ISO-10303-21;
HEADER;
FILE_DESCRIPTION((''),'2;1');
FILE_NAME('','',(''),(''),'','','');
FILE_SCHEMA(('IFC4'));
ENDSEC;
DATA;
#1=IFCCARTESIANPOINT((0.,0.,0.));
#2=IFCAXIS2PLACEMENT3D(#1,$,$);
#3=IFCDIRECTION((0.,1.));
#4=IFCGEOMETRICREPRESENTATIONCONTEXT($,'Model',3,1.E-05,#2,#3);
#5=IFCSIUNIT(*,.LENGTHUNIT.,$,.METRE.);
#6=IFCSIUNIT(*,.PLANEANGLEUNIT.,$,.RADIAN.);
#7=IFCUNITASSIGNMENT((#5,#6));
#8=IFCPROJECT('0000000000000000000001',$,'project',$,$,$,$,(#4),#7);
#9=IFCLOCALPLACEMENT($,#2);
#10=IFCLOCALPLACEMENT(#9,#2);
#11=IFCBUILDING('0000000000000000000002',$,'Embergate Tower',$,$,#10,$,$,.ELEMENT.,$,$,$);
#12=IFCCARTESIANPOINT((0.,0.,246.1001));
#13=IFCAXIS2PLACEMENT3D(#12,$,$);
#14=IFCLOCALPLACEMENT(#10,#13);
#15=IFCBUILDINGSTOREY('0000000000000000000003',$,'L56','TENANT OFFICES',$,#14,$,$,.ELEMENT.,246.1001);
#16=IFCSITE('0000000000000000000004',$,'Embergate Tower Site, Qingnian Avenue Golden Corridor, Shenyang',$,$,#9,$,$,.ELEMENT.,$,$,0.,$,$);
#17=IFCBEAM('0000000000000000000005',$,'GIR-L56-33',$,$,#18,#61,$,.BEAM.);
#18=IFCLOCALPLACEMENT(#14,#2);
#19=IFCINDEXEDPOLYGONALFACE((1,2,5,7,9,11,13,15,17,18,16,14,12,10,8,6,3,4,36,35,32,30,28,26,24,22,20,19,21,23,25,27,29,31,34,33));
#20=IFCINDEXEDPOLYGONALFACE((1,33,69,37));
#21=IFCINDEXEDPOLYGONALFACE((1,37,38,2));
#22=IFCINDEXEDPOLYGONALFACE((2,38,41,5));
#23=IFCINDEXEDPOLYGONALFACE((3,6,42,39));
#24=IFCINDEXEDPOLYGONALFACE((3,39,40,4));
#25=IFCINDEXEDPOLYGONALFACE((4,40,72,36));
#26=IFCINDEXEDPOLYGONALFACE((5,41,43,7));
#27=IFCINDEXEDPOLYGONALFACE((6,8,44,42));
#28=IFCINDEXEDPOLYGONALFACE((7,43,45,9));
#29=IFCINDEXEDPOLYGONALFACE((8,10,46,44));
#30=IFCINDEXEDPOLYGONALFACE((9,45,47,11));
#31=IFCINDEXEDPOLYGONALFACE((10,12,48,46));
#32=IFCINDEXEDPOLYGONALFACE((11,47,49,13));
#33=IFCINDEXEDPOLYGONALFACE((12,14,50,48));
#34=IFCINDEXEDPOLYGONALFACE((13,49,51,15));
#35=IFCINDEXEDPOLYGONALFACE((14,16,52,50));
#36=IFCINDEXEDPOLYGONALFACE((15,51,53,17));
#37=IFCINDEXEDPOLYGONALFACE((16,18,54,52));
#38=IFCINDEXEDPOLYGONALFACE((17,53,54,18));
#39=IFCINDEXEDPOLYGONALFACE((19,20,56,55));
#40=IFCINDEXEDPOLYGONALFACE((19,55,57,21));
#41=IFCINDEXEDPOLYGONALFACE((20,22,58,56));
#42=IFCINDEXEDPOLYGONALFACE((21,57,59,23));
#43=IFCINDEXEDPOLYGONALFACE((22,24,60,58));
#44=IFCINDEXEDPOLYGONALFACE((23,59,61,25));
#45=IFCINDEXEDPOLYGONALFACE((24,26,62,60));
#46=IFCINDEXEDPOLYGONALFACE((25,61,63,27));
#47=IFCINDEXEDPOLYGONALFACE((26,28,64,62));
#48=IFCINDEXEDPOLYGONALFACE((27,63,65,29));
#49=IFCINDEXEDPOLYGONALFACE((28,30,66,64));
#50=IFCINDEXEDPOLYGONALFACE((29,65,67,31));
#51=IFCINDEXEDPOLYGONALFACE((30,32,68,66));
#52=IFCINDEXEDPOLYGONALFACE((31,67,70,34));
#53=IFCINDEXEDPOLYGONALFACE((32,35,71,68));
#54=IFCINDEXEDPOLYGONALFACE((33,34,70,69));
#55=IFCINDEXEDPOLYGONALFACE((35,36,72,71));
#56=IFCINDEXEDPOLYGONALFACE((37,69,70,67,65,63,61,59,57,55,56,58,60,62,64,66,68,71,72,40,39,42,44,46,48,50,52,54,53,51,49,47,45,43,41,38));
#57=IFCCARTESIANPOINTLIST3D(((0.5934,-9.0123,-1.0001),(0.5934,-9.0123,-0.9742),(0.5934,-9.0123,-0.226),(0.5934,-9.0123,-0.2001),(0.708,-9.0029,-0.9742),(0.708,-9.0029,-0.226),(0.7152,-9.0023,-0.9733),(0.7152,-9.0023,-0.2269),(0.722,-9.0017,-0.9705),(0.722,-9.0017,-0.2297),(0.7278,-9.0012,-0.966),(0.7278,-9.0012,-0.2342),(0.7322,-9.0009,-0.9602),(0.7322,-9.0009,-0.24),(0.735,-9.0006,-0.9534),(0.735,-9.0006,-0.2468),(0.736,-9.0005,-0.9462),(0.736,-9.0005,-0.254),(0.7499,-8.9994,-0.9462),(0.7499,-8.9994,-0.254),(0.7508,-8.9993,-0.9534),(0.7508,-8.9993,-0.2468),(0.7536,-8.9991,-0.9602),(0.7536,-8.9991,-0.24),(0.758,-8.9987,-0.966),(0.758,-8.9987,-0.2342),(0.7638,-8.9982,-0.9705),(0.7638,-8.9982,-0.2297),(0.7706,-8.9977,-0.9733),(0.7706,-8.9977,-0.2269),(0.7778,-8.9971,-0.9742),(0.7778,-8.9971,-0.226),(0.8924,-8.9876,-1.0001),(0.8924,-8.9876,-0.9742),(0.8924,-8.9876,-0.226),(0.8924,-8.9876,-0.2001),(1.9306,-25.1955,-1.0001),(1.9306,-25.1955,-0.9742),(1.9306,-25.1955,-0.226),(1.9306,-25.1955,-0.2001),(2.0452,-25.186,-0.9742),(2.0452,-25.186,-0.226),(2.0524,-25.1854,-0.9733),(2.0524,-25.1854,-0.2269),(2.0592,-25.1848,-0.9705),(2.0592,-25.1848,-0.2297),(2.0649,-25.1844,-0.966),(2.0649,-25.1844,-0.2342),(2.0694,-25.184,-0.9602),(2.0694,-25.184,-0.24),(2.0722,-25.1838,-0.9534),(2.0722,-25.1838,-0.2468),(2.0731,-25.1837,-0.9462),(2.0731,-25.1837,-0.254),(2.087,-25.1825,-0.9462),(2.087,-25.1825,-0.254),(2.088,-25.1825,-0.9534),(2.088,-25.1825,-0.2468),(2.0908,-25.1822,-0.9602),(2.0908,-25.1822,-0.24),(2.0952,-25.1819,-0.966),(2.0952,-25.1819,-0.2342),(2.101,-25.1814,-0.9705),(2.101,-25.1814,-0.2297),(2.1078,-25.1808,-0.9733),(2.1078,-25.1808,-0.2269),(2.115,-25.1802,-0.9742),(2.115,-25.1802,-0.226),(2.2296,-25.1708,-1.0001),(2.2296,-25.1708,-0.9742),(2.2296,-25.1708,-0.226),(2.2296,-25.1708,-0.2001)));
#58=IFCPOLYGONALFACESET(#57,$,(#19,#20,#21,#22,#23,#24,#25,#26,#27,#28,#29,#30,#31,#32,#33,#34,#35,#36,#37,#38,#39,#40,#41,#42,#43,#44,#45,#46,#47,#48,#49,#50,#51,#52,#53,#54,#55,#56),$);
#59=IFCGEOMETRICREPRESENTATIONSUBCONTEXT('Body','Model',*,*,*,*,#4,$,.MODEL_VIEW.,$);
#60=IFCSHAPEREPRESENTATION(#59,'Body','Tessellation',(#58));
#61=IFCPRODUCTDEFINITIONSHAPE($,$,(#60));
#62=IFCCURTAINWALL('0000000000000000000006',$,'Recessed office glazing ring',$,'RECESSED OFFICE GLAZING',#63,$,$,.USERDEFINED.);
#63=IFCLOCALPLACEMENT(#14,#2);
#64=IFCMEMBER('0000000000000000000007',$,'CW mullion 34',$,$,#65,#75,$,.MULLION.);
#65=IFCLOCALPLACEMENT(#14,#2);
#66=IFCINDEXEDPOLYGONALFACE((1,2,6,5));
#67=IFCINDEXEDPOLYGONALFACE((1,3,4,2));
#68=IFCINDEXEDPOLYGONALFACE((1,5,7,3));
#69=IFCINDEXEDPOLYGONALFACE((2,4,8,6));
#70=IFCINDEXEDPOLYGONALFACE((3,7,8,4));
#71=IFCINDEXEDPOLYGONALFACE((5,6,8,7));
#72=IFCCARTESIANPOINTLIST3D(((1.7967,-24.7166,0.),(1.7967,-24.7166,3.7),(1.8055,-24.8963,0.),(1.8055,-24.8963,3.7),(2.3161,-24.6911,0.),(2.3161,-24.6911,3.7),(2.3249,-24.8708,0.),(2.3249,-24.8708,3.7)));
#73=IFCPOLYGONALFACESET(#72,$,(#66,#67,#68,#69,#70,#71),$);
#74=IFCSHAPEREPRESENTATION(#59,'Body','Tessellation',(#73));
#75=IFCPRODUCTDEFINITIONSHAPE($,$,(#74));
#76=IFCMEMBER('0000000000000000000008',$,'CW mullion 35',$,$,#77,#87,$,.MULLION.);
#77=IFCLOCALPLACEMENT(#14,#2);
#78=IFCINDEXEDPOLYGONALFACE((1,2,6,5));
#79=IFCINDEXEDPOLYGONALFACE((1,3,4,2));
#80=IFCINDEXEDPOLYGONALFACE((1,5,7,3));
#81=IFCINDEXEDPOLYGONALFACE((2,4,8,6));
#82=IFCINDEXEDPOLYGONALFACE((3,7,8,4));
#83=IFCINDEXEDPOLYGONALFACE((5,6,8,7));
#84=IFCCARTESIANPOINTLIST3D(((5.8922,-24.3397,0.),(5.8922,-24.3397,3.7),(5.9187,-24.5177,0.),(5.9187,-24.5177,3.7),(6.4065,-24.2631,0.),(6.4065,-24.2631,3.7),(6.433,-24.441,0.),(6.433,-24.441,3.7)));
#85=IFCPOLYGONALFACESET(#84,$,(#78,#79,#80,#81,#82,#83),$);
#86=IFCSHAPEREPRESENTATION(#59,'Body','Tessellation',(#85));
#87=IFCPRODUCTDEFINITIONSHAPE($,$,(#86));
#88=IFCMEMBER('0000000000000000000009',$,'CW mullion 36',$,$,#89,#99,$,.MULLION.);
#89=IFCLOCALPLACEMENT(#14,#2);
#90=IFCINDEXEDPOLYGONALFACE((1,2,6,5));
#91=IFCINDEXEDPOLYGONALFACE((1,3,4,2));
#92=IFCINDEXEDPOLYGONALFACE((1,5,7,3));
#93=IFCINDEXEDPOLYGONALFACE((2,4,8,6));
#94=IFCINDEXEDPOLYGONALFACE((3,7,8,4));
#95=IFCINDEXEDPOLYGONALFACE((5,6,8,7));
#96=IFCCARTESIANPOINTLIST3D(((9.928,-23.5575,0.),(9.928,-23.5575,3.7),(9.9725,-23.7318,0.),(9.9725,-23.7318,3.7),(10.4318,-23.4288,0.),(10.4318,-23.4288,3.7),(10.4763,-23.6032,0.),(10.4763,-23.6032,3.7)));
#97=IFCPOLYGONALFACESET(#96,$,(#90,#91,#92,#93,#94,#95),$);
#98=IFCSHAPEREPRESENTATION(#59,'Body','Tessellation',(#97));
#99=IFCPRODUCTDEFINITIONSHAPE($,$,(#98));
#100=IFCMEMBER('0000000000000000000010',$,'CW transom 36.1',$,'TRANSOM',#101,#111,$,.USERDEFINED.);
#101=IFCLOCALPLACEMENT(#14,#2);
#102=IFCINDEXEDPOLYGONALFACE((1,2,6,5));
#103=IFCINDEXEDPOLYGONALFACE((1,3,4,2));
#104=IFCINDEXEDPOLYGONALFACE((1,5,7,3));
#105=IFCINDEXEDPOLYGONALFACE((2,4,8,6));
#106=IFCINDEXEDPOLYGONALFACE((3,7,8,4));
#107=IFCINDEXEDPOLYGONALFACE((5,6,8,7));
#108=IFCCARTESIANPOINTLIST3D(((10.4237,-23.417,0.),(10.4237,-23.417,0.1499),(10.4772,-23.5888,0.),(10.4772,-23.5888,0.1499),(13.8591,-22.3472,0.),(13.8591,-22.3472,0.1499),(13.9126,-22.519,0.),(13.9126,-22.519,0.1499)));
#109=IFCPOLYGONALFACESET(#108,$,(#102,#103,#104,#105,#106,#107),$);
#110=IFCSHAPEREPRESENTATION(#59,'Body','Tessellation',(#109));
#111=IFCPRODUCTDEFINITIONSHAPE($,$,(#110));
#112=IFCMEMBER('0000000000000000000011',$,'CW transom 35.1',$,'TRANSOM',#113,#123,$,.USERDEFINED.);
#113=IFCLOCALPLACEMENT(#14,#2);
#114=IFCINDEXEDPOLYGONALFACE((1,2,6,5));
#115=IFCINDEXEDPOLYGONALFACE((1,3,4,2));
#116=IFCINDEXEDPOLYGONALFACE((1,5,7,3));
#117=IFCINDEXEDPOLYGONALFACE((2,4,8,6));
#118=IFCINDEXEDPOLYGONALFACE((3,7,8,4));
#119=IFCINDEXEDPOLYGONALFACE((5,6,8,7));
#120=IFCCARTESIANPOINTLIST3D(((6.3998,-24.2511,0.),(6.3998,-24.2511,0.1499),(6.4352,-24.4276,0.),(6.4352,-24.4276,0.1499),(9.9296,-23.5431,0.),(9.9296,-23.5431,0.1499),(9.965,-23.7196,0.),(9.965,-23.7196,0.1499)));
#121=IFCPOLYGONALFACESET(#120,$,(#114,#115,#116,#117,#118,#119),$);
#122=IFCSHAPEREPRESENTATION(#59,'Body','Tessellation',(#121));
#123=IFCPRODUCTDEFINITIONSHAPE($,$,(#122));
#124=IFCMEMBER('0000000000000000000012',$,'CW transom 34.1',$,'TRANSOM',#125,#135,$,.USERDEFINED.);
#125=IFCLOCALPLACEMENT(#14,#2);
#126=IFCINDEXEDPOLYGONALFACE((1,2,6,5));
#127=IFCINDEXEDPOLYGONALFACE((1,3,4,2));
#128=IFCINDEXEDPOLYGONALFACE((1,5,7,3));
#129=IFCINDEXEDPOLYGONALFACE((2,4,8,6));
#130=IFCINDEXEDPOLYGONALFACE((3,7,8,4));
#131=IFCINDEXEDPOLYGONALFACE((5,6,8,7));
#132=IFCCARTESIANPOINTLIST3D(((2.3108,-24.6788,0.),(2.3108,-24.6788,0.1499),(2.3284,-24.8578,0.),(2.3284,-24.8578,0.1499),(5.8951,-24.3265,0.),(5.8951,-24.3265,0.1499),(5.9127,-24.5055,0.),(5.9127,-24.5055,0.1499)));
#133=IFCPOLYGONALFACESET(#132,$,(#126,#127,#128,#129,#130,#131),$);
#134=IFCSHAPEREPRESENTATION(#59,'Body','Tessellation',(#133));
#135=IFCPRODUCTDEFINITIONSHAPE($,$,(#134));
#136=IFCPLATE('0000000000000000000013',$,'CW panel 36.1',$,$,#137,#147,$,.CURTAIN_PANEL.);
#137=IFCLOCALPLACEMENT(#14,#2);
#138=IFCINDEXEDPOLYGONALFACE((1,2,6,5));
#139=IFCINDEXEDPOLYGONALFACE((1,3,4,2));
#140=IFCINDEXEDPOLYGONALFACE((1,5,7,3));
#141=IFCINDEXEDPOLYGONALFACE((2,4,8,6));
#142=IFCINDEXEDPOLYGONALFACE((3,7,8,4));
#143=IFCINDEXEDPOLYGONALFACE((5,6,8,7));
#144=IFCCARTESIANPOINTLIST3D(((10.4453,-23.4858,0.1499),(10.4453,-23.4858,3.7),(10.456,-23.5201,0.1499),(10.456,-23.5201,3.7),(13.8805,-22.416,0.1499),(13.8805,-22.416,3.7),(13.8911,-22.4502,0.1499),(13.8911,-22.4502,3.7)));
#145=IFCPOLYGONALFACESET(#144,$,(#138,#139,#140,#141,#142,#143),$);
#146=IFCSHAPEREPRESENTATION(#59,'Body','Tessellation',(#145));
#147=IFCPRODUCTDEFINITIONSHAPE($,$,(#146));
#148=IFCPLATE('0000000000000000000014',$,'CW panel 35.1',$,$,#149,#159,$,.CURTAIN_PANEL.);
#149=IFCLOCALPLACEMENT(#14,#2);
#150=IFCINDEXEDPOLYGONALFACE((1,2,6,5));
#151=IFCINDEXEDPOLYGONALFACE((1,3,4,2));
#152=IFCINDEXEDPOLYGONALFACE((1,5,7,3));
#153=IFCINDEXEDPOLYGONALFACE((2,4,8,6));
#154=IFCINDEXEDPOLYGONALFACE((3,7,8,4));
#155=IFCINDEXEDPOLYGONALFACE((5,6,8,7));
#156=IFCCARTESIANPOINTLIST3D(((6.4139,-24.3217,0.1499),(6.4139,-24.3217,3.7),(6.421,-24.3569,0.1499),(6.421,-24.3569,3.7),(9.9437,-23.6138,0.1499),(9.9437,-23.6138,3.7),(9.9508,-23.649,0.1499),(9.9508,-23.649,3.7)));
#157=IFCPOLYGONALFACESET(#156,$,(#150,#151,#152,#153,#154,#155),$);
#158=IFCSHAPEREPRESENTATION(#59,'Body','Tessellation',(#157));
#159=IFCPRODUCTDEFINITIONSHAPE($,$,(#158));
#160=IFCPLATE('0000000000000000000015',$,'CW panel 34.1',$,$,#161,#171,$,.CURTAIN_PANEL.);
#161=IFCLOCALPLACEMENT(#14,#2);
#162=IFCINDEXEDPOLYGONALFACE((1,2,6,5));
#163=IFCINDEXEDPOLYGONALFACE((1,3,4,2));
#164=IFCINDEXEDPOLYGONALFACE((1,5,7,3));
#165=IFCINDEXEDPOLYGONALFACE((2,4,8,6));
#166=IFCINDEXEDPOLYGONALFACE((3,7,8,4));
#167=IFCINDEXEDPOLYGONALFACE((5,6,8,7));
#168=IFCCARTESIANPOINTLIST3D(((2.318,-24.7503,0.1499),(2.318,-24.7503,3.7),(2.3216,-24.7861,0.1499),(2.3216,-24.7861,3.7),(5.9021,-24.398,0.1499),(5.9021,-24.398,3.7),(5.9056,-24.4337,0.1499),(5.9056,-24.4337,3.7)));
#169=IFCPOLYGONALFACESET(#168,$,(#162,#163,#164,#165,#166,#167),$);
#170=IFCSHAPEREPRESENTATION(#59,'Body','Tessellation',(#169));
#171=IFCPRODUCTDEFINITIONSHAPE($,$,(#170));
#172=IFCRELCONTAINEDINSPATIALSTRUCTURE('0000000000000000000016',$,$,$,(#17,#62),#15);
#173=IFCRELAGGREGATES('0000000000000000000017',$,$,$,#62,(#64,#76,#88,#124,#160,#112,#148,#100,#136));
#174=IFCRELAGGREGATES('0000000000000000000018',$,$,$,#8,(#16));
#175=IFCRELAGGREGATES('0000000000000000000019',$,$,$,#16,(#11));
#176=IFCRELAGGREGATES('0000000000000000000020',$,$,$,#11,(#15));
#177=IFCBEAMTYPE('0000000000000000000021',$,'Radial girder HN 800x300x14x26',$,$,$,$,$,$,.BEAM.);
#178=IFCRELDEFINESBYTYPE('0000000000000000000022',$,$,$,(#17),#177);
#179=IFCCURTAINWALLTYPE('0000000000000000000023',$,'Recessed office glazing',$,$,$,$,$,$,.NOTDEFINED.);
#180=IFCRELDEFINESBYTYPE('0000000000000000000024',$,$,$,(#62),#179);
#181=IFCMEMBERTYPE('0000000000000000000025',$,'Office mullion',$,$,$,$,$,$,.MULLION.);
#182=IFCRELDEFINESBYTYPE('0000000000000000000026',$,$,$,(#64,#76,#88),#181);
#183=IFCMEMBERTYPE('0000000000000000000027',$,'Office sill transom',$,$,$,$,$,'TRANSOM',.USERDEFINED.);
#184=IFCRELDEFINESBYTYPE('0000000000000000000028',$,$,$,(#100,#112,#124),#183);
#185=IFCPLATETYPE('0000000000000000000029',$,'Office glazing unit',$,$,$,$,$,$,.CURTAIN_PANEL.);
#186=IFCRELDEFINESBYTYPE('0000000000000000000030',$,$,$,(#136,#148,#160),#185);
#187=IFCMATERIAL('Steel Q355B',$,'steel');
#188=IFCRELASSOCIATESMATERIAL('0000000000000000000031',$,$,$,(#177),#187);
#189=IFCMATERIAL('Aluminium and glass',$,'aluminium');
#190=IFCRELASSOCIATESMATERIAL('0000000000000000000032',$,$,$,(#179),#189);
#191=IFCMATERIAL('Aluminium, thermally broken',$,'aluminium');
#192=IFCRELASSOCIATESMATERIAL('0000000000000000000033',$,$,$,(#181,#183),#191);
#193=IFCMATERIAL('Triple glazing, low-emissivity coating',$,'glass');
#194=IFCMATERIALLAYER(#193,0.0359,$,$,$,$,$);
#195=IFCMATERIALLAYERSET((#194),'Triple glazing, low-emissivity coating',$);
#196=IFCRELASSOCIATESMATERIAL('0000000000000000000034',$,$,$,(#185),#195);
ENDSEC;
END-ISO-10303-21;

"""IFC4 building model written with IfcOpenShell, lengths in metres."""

from ifc_helpers import new_model, si_unit, direction, frame, origin, origin_2d, place, context, subcontext, project, spatial, rectangle, i_section, extrude, source, transform, mapped, material, layer, layer_set, material_profile, profile_set, type_object, element, aggregate, save


model = new_model("IFC4")

# Units and contexts
model_context = context("Model", 3, precision=1e-05, world=origin(), true_north=direction((0.0, 1.0)))
body_context = subcontext(model_context, "Body", "Model", "MODEL_VIEW")
ifc_project = project(units=[si_unit("LENGTHUNIT", "METRE"), si_unit("PLANEANGLEUNIT", "RADIAN")], contexts=[model_context])

# Site, building, storey
site_placement = place(None, origin())
site = spatial("IfcSite", under=ifc_project, at=site_placement, Name="Embergate Tower Site, Qingnian Avenue Golden Corridor, Shenyang", CompositionType="ELEMENT", RefElevation=0.0)
building_placement = place(site_placement, origin())
building = spatial("IfcBuilding", under=site, at=building_placement, Name="Embergate Tower", CompositionType="ELEMENT")
storey_placement = place(building_placement, frame((0.0, 0.0, 246.1001)))
storey = spatial("IfcBuildingStorey", under=building, at=storey_placement, Name="L56", Description="TENANT OFFICES", CompositionType="ELEMENT", Elevation=246.1001)

# Beam
ifc_material_1 = material(Name="Steel Q355B", Category="steel")
ifc_material_profile_1 = material_profile(ifc_material_1, i_section(OverallWidth=0.3, OverallDepth=0.8, WebThickness=0.0139, FlangeThickness=0.0259, FilletRadius=0.0281, at=origin_2d()), Name="HN 800x300x14x26")
ifc_profile_set_1 = profile_set([ifc_material_profile_1], Name="Steel Q355 grade B")
beam_type_1 = type_object("IfcBeamType", Name="Radial girder HN 800x300x14x26", PredefinedType="BEAM", material=ifc_profile_set_1)
shared_shape_1 = source(origin(), body_context, "Body", "SweptSolid", [
    extrude(i_section(OverallWidth=0.3, OverallDepth=0.8, WebThickness=0.0139, FlangeThickness=0.0259, FilletRadius=0.0281, at=origin_2d()), origin(), (0.0, 0.0, 1.0), 16.2383),
])
beam_1_placement = place(storey_placement, frame((2.0801, -25.1831, -0.6001), z_axis=(-0.082346, 0.996604, 0.0), x_axis=(-0.996604, -0.082346, 0.0)))
element("IfcBeam", 1, at=beam_1_placement, inside=storey, type_object=beam_type_1, Name="GIR-L56-33", PredefinedType="BEAM", context=body_context, shape_type="MappedRepresentation", body=[
    mapped(shared_shape_1, transform((0.0, 0.0, 0.0))),
])

# Curtain wall, members
ifc_material_2 = material(Name="Aluminium and glass", Category="aluminium")
curtain_wall_type = type_object("IfcCurtainWallType", Name="Recessed office glazing", PredefinedType="NOTDEFINED", material=ifc_material_2)
curtain_wall_placement = place(storey_placement, origin())
curtain_wall = element("IfcCurtainWall", 2, at=curtain_wall_placement, inside=storey, type_object=curtain_wall_type, Name="Recessed office glazing ring", ObjectType="RECESSED OFFICE GLAZING", PredefinedType="USERDEFINED")
ifc_material_3 = material(Name="Aluminium, thermally broken", Category="aluminium")
ifc_material_profile_2 = material_profile(ifc_material_3, rectangle(XDim=0.1799, YDim=0.52, at=origin_2d()), Name="AL 520x180")
ifc_profile_set_2 = profile_set([ifc_material_profile_2], Name="Aluminium, thermally broken")
member_type_1 = type_object("IfcMemberType", Name="Office mullion", PredefinedType="MULLION", material=ifc_profile_set_2)
shared_shape_2 = source(origin(), body_context, "Body", "SweptSolid", [
    extrude(rectangle(XDim=0.1799, YDim=0.52, at=origin_2d()), origin(), (0.0, 0.0, 1.0), 3.7),
])
member_1_placement = place(storey_placement, frame((2.0608, -24.7937, 0.0), z_axis=(0.0, 0.0, 1.0), x_axis=(-0.048972, 0.9988, 0.0)))
member_1 = element("IfcMember", 3, at=member_1_placement, type_object=member_type_1, Name="CW mullion 34", PredefinedType="MULLION", context=body_context, shape_type="MappedRepresentation", body=[
    mapped(shared_shape_2, transform((0.0, 0.0, 0.0))),
])
member_2_placement = place(storey_placement, frame((6.1626, -24.3904, 0.0), z_axis=(0.0, 0.0, 1.0), x_axis=(-0.147412, 0.989075, 0.0)))
member_2 = element("IfcMember", 4, at=member_2_placement, type_object=member_type_1, Name="CW mullion 35", PredefinedType="MULLION", context=body_context, shape_type="MappedRepresentation", body=[
    mapped(shared_shape_2, transform((0.0, 0.0, 0.0))),
])
member_3_placement = place(storey_placement, frame((10.2021, -23.5803, 0.0), z_axis=(0.0, 0.0, 1.0), x_axis=(-0.247312, 0.968936, 0.0)))
member_3 = element("IfcMember", 5, at=member_3_placement, type_object=member_type_1, Name="CW mullion 36", PredefinedType="MULLION", context=body_context, shape_type="MappedRepresentation", body=[
    mapped(shared_shape_2, transform((0.0, 0.0, 0.0))),
])
ifc_material_profile_3 = material_profile(ifc_material_3, rectangle(XDim=0.1799, YDim=0.1499, at=origin_2d()), Name="AL 150x180")
ifc_profile_set_3 = profile_set([ifc_material_profile_3], Name="Aluminium, thermally broken")
member_type_2 = type_object("IfcMemberType", Name="Office sill transom", ElementType="TRANSOM", PredefinedType="USERDEFINED", material=ifc_profile_set_3)
shared_shape_3 = source(origin(), body_context, "Body", "SweptSolid", [
    extrude(rectangle(XDim=0.1799, YDim=0.1499, at=origin_2d()), origin(), (0.0, 0.0, 1.0), 3.5981),
])
member_4_placement = place(storey_placement, frame((10.4504, -23.5029, 0.075), z_axis=(0.954773, 0.297336, 0.0), x_axis=(-0.297336, 0.954773, 0.0)))
member_4 = element("IfcMember", 6, at=member_4_placement, type_object=member_type_2, Name="CW transom 36.1", ObjectType="TRANSOM", PredefinedType="USERDEFINED", context=body_context, shape_type="MappedRepresentation", body=[
    mapped(shared_shape_3, transform((0.0, 0.0, 0.0))),
])
shared_shape_4 = source(origin(), body_context, "Body", "SweptSolid", [
    extrude(rectangle(XDim=0.1799, YDim=0.1499, at=origin_2d()), origin(), (0.0, 0.0, 1.0), 3.6001),
])
member_5_placement = place(storey_placement, frame((6.4175, -24.3394, 0.075), z_axis=(0.980471, 0.196664, 0.0), x_axis=(-0.196664, 0.980471, 0.0)))
member_5 = element("IfcMember", 7, at=member_5_placement, type_object=member_type_2, Name="CW transom 35.1", ObjectType="TRANSOM", PredefinedType="USERDEFINED", context=body_context, shape_type="MappedRepresentation", body=[
    mapped(shared_shape_4, transform((0.0, 0.0, 0.0))),
])
shared_shape_5 = source(origin(), body_context, "Body", "SweptSolid", [
    extrude(rectangle(XDim=0.1799, YDim=0.1499, at=origin_2d()), origin(), (0.0, 0.0, 1.0), 3.6016),
])
member_6_placement = place(storey_placement, frame((2.3196, -24.7683, 0.075), z_axis=(0.995204, 0.097819, 0.0), x_axis=(-0.097819, 0.995204, 0.0)))
member_6 = element("IfcMember", 8, at=member_6_placement, type_object=member_type_2, Name="CW transom 34.1", ObjectType="TRANSOM", PredefinedType="USERDEFINED", context=body_context, shape_type="MappedRepresentation", body=[
    mapped(shared_shape_5, transform((0.0, 0.0, 0.0))),
])

# Plates
ifc_material_4 = material(Name="Triple glazing, low-emissivity coating", Category="glass")
ifc_layer_1 = layer(ifc_material_4, 0.0359)
ifc_layer_set_1 = layer_set([ifc_layer_1], Name="Triple glazing, low-emissivity coating")
plate_type = type_object("IfcPlateType", Name="Office glazing unit", PredefinedType="CURTAIN_PANEL", material=ifc_layer_set_1)
shared_shape_6 = source(origin(), body_context, "Body", "SweptSolid", [
    extrude(rectangle(XDim=3.5979, YDim=0.0359, at=origin_2d()), origin(), (0.0, 0.0, 1.0), 3.55),
])
plate_1_placement = place(storey_placement, frame((12.1682, -22.968, 0.1499), z_axis=(0.0, 0.0, 1.0), x_axis=(0.954771, 0.297342, 0.0)))
plate_1 = element("IfcPlate", 9, at=plate_1_placement, type_object=plate_type, Name="CW panel 36.1", PredefinedType="CURTAIN_PANEL", context=body_context, shape_type="MappedRepresentation", body=[
    mapped(shared_shape_6, transform((0.0, 0.0, 0.0))),
])
shared_shape_7 = source(origin(), body_context, "Body", "SweptSolid", [
    extrude(rectangle(XDim=3.6001, YDim=0.0359, at=origin_2d()), origin(), (0.0, 0.0, 1.0), 3.55),
])
plate_2_placement = place(storey_placement, frame((8.1824, -23.9854, 0.1499), z_axis=(0.0, 0.0, 1.0), x_axis=(0.980476, 0.196641, 0.0)))
plate_2 = element("IfcPlate", 10, at=plate_2_placement, type_object=plate_type, Name="CW panel 35.1", PredefinedType="CURTAIN_PANEL", context=body_context, shape_type="MappedRepresentation", body=[
    mapped(shared_shape_7, transform((0.0, 0.0, 0.0))),
])
shared_shape_8 = source(origin(), body_context, "Body", "SweptSolid", [
    extrude(rectangle(XDim=3.6013, YDim=0.0359, at=origin_2d()), origin(), (0.0, 0.0, 1.0), 3.55),
])
plate_3_placement = place(storey_placement, frame((4.1118, -24.592, 0.1499), z_axis=(0.0, 0.0, 1.0), x_axis=(0.995203, 0.09783, 0.0)))
plate_3 = element("IfcPlate", 11, at=plate_3_placement, type_object=plate_type, Name="CW panel 34.1", PredefinedType="CURTAIN_PANEL", context=body_context, shape_type="MappedRepresentation", body=[
    mapped(shared_shape_8, transform((0.0, 0.0, 0.0))),
])
aggregate(curtain_wall, [member_1, member_2, member_3, member_6, plate_3, member_5, plate_2, member_4, plate_1])

save(model, "model.ifc")
